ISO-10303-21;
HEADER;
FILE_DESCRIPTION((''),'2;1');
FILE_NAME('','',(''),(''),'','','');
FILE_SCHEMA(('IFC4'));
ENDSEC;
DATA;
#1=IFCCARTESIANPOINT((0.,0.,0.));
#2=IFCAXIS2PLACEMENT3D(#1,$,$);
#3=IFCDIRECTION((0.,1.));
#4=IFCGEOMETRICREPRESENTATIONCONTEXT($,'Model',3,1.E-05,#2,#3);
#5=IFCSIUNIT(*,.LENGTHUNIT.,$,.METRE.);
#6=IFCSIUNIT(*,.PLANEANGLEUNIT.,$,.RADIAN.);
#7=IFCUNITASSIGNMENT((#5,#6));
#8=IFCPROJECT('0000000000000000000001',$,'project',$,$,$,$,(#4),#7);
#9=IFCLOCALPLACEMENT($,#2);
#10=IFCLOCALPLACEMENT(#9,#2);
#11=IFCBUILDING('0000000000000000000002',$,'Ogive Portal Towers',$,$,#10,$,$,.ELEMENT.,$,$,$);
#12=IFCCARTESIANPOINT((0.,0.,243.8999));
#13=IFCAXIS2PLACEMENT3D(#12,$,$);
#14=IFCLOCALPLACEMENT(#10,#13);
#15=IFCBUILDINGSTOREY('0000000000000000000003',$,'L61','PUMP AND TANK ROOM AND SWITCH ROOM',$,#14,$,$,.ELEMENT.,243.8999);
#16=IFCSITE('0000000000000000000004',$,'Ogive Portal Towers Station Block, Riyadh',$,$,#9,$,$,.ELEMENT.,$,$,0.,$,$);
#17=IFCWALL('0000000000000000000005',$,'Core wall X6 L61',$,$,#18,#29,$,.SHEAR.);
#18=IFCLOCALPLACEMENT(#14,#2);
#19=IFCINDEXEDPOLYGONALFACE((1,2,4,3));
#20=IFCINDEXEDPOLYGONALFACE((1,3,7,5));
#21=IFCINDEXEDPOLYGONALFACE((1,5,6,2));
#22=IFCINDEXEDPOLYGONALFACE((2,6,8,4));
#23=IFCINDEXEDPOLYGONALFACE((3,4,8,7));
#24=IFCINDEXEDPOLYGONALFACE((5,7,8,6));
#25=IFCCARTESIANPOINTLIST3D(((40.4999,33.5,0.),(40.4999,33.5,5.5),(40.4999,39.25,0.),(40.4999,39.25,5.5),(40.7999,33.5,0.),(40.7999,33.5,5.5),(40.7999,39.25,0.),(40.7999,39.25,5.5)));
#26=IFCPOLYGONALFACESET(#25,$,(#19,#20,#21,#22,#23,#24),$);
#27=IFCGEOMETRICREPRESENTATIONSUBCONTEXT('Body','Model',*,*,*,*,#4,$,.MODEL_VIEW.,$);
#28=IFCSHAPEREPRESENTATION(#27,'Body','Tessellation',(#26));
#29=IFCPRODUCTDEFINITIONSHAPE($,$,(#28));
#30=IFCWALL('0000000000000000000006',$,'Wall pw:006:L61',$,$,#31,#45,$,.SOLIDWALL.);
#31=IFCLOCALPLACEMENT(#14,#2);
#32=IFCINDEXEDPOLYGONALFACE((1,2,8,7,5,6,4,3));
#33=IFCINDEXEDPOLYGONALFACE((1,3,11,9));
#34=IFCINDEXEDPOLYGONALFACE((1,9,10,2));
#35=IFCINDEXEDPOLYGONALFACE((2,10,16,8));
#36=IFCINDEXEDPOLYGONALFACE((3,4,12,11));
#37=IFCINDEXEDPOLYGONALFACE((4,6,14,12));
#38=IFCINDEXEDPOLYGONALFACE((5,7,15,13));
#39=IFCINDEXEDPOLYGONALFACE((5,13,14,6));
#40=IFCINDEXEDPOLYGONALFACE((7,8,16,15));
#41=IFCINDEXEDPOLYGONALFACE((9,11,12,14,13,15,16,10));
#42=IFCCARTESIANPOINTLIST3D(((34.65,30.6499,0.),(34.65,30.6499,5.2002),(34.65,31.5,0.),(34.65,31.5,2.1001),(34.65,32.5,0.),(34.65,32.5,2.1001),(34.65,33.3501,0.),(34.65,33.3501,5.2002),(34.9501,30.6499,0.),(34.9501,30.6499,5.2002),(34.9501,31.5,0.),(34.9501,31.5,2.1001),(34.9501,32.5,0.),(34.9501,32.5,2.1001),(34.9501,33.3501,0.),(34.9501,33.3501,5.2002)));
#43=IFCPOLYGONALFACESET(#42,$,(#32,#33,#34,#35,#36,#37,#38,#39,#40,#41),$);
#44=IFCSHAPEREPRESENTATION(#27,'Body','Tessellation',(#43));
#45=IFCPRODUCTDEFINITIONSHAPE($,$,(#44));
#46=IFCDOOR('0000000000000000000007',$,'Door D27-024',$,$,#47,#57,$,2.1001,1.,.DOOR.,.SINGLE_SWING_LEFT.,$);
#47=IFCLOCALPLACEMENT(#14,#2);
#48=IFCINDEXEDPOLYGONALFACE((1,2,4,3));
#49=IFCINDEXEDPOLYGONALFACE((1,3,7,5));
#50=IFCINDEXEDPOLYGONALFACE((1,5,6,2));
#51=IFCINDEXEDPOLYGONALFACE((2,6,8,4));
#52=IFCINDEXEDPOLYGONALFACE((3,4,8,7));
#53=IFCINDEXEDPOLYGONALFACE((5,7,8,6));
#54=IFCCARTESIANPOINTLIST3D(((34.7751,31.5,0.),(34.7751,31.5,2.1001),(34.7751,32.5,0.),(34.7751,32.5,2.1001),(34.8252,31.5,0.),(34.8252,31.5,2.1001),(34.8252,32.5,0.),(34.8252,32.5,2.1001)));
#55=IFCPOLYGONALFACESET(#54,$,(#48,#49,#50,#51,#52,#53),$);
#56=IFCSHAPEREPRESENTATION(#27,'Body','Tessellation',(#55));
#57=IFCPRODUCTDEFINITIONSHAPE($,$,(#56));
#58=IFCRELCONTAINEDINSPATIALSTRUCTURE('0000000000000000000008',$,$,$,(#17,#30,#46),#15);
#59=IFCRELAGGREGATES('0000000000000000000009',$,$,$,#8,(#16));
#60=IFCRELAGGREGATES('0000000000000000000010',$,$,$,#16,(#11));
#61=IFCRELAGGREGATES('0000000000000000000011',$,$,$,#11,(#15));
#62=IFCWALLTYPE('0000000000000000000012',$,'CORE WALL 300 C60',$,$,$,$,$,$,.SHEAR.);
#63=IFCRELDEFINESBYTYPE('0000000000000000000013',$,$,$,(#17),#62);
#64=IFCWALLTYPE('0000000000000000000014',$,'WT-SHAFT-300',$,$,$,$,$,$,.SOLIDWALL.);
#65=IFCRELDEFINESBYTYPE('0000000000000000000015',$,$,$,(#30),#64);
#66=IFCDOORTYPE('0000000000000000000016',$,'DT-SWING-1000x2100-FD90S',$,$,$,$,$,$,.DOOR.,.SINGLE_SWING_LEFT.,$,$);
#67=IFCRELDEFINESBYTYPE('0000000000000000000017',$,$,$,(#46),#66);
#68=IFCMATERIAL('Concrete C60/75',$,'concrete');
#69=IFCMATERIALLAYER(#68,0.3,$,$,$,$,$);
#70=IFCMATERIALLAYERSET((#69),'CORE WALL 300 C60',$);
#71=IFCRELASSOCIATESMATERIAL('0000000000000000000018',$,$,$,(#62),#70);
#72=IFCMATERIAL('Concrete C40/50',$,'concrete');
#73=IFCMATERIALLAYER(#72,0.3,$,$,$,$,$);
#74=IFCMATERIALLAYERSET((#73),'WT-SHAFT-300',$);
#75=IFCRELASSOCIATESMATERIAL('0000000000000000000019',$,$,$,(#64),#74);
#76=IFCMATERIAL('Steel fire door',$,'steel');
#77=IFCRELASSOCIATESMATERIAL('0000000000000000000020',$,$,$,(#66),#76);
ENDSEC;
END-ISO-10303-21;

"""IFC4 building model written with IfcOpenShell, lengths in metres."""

from ifc_helpers import new_model, si_unit, direction, frame, frame_2d, origin, place, context, subcontext, project, spatial, rectangle, extrude, material, layer, layer_set, type_object, element, fill, save


model = new_model("IFC4")

# Units and contexts
model_context = context("Model", 3, precision=1e-05, world=origin(), true_north=direction((0.0, 1.0)))
body_context = subcontext(model_context, "Body", "Model", "MODEL_VIEW")
ifc_project = project(units=[si_unit("LENGTHUNIT", "METRE"), si_unit("PLANEANGLEUNIT", "RADIAN")], contexts=[model_context])

# Site, building, storey
site_placement = place(None, origin())
site = spatial("IfcSite", under=ifc_project, at=site_placement, Name="Ogive Portal Towers Station Block, Riyadh", CompositionType="ELEMENT", RefElevation=0.0)
building_placement = place(site_placement, origin())
building = spatial("IfcBuilding", under=site, at=building_placement, Name="Ogive Portal Towers", CompositionType="ELEMENT")
storey_placement = place(building_placement, frame((0.0, 0.0, 243.8999)))
storey = spatial("IfcBuildingStorey", under=building, at=storey_placement, Name="L61", Description="PUMP AND TANK ROOM AND SWITCH ROOM", CompositionType="ELEMENT", Elevation=243.8999)

# Wall
ifc_material_1 = material(Name="Concrete C60/75", Category="concrete")
ifc_layer_1 = layer(ifc_material_1, 0.3)
ifc_layer_set_1 = layer_set([ifc_layer_1], Name="CORE WALL 300 C60")
wall_type_1 = type_object("IfcWallType", Name="CORE WALL 300 C60", PredefinedType="SHEAR", material=ifc_layer_set_1)
wall_1_placement = place(storey_placement, frame((40.6499, 33.5, 0.0), z_axis=(0.0, 0.0, 1.0), x_axis=(0.0, 1.0, 0.0)))
element("IfcWall", 1, at=wall_1_placement, inside=storey, type_object=wall_type_1, Name="Core wall X6 L61", PredefinedType="SHEAR", context=body_context, shape_type="SweptSolid", body=[
    extrude(rectangle(XDim=5.75, YDim=0.3, at=frame_2d((2.875, 0.0))), origin(), (0.0, 0.0, 1.0), 5.5),
])

# Wall, opening, door
ifc_material_2 = material(Name="Concrete C40/50", Category="concrete")
ifc_layer_2 = layer(ifc_material_2, 0.3)
ifc_layer_set_2 = layer_set([ifc_layer_2], Name="WT-SHAFT-300")
wall_type_2 = type_object("IfcWallType", Name="WT-SHAFT-300", PredefinedType="SOLIDWALL", material=ifc_layer_set_2)
wall_2_placement = place(storey_placement, frame((34.8, 30.6499, 0.0), z_axis=(0.0, 0.0, 1.0), x_axis=(0.0, 1.0, 0.0)))
wall_2 = element("IfcWall", 2, at=wall_2_placement, inside=storey, type_object=wall_type_2, Name="Wall pw:006:L61", PredefinedType="SOLIDWALL", context=body_context, shape_type="SweptSolid", body=[
    extrude(rectangle(XDim=2.7002, YDim=0.3, at=frame_2d((1.3501, 0.0))), origin(), (0.0, 0.0, 1.0), 5.2002),
])
opening_1_placement = place(wall_2_placement, frame((0.8501, 0.0, 0.0)))
opening_1 = element("IfcOpeningElement", 3, at=opening_1_placement, cuts=wall_2, PredefinedType="OPENING", context=body_context, shape_type="SweptSolid", body=[
    extrude(rectangle(XDim=1.0, YDim=2.1001, at=frame_2d((0.5, 1.05))), frame((0.0, 0.1602, 0.0), z_axis=(0.0, -1.0, 0.0), x_axis=(1.0, 0.0, 0.0)), (0.0, 0.0, 1.0), 0.3201),
])
ifc_material_3 = material(Name="Steel fire door", Category="steel")
door_type_1 = type_object("IfcDoorType", Name="DT-SWING-1000x2100-FD90S", OperationType="SINGLE_SWING_LEFT", PredefinedType="DOOR", material=ifc_material_3)
door_1_placement = place(opening_1_placement, origin())
door_1 = element("IfcDoor", 4, at=door_1_placement, inside=storey, type_object=door_type_1, Name="Door D27-024", OperationType="SINGLE_SWING_LEFT", OverallHeight=2.1001, OverallWidth=1.0, PredefinedType="DOOR", context=body_context, shape_type="SweptSolid", body=[
    extrude(rectangle(XDim=1.0, YDim=2.1001, at=frame_2d((0.5, 1.05))), frame((0.0, 0.0249, 0.0), z_axis=(0.0, -1.0, 0.0), x_axis=(1.0, 0.0, 0.0)), (0.0, 0.0, 1.0), 0.05),
])
fill(opening_1, door_1)

save(model, "model.ifc")
